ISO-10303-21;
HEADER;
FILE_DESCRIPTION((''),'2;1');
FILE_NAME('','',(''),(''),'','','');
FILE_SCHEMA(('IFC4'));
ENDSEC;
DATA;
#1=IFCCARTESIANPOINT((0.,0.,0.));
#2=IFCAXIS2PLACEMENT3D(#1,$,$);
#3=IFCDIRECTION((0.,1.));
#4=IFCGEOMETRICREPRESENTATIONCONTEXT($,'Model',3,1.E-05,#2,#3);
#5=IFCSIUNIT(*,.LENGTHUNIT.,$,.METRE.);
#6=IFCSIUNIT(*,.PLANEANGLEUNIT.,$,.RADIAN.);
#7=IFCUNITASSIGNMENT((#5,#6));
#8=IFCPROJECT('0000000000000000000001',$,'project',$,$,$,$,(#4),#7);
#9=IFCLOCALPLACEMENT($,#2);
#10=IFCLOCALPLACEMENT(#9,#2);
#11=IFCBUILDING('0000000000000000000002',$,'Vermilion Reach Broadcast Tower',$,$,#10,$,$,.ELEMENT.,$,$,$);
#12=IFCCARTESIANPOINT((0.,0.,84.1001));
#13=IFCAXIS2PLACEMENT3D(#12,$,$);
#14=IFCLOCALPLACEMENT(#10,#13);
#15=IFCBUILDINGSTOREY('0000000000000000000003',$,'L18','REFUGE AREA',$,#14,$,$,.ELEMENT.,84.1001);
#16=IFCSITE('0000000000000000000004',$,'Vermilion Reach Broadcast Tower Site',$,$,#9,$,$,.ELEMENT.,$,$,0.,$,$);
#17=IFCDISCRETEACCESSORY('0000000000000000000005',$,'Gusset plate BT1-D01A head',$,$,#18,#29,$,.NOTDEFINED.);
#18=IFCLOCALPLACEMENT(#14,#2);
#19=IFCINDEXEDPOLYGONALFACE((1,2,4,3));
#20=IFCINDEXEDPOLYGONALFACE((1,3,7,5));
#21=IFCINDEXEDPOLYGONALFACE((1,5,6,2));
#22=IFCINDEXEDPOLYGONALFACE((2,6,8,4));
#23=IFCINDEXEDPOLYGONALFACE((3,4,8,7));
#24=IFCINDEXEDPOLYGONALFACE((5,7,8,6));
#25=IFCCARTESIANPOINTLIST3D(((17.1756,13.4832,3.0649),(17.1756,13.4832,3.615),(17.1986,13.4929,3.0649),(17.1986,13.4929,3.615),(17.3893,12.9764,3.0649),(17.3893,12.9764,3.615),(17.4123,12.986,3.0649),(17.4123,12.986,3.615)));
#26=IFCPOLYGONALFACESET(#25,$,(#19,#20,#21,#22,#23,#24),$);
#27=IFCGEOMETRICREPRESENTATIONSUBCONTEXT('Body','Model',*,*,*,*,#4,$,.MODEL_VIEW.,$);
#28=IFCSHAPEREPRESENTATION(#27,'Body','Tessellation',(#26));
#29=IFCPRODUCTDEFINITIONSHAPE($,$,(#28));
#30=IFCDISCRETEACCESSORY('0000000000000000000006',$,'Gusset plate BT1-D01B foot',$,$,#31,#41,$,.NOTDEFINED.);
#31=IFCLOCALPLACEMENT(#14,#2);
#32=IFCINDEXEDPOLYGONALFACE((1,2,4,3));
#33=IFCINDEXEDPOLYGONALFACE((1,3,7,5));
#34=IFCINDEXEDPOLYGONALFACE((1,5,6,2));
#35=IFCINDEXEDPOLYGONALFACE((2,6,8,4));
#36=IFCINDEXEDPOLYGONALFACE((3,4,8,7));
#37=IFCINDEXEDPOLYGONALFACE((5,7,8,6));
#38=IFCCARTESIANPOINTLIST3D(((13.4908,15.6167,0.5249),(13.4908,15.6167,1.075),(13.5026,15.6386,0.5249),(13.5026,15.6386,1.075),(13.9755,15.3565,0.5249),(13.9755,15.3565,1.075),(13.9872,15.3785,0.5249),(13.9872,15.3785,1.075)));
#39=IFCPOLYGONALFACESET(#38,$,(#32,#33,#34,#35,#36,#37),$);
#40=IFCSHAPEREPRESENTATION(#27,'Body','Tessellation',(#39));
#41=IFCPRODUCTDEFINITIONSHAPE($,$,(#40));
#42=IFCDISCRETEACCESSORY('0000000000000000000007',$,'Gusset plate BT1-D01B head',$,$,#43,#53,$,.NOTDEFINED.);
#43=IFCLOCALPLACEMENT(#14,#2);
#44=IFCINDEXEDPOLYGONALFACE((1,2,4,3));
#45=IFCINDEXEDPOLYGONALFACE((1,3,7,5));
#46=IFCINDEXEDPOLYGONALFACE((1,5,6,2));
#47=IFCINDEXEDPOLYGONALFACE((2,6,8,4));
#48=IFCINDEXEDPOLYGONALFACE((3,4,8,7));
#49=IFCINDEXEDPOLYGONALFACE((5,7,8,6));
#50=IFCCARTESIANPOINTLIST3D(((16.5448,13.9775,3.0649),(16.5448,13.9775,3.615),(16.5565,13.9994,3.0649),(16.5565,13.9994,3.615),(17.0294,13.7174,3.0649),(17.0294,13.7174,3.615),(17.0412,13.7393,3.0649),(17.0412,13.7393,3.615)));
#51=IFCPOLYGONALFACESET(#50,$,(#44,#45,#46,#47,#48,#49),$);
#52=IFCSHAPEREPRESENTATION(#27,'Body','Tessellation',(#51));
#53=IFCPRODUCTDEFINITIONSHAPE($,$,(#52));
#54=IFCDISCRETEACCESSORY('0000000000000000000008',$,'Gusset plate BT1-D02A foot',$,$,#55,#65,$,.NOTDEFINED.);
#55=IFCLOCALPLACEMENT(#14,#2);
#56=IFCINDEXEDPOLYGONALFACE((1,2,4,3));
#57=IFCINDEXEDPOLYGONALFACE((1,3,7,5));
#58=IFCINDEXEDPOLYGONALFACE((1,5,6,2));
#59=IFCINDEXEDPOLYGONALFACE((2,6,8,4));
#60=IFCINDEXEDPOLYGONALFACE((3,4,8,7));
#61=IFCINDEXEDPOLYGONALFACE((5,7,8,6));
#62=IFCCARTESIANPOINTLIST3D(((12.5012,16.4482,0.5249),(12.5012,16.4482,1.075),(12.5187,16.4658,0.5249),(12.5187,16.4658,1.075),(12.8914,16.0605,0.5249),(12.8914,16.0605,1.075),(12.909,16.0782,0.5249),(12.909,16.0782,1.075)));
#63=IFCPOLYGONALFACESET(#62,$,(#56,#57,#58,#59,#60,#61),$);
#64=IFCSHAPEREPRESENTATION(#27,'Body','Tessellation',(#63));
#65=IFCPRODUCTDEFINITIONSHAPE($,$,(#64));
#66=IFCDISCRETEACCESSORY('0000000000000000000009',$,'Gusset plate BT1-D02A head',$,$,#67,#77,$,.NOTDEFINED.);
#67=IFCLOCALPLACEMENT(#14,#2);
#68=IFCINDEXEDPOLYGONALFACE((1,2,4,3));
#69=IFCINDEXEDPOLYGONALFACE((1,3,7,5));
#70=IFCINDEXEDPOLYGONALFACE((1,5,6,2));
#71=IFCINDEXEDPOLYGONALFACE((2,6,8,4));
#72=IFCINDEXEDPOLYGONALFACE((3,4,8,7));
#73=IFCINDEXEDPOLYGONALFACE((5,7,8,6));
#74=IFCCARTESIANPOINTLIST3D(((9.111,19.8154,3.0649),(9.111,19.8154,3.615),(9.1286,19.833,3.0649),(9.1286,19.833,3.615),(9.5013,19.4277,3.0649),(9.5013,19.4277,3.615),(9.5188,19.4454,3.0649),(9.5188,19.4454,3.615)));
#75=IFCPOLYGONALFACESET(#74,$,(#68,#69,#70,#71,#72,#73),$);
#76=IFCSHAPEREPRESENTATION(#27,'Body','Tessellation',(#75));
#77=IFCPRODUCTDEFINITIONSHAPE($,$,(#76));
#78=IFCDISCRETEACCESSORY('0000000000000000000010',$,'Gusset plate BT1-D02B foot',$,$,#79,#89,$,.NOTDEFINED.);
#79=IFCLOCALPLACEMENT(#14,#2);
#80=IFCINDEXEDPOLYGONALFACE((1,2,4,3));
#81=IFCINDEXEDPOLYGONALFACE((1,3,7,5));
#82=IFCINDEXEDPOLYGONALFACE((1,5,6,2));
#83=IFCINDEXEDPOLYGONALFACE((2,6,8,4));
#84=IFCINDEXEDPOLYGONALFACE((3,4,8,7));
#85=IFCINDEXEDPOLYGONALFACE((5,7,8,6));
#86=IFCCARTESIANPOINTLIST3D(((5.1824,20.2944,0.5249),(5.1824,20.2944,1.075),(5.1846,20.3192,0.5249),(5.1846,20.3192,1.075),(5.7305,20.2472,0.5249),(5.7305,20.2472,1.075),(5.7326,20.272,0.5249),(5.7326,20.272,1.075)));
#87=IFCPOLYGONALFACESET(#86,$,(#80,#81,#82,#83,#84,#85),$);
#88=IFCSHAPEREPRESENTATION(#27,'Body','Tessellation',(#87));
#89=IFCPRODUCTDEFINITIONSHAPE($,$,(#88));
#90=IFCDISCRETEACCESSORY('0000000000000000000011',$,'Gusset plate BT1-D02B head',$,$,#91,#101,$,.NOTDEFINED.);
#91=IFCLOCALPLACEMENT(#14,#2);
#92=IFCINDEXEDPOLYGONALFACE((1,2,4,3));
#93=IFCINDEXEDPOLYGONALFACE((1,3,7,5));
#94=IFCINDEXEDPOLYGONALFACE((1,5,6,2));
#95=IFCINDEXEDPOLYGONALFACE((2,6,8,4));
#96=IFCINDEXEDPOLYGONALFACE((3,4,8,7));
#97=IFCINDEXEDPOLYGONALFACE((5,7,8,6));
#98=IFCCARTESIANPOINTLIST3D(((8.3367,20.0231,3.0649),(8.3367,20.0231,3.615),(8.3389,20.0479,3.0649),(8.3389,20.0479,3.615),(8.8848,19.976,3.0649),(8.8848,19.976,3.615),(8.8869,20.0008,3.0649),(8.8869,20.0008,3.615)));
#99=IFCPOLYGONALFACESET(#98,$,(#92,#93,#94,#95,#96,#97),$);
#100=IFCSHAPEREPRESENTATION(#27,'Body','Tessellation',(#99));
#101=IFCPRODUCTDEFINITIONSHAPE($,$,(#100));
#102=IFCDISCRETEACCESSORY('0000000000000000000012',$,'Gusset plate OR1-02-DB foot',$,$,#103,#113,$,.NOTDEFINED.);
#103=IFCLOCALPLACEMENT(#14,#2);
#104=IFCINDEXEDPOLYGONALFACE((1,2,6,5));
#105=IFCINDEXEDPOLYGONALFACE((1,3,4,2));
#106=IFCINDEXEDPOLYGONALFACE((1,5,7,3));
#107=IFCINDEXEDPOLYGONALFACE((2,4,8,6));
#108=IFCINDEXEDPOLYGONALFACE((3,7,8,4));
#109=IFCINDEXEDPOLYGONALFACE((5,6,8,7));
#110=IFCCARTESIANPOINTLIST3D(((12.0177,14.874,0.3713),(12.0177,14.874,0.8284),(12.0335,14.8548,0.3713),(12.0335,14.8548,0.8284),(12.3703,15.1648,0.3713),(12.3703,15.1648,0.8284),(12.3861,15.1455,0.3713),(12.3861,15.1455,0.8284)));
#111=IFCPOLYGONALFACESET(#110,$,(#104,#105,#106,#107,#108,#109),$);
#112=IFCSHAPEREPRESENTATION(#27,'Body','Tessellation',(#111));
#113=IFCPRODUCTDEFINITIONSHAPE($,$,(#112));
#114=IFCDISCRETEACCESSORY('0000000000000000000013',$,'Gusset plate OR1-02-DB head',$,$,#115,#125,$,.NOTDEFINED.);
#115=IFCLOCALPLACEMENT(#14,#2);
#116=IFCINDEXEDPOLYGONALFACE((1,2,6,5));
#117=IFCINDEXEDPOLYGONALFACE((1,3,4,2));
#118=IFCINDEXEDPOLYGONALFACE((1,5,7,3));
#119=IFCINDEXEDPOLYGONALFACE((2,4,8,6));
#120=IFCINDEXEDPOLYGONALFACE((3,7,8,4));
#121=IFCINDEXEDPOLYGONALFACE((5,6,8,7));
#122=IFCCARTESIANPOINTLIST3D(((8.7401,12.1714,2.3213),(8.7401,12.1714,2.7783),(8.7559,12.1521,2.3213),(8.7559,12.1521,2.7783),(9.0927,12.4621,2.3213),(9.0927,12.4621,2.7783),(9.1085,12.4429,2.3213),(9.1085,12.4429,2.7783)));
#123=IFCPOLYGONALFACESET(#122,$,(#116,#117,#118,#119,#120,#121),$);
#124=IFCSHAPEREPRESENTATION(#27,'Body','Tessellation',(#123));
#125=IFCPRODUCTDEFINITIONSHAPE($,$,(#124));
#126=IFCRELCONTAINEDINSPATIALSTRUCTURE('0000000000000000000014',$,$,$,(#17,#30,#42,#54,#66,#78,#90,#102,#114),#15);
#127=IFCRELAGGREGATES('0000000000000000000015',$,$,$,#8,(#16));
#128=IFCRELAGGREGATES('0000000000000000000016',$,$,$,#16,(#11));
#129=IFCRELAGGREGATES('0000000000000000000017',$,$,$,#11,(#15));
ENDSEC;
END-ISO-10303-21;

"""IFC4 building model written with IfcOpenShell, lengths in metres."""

from ifc_helpers import new_model, si_unit, direction, frame, origin, origin_2d, place, context, subcontext, project, spatial, rectangle, extrude, element, save


model = new_model("IFC4")

# Units and contexts
model_context = context("Model", 3, precision=1e-05, world=origin(), true_north=direction((0.0, 1.0)))
body_context = subcontext(model_context, "Body", "Model", "MODEL_VIEW")
ifc_project = project(units=[si_unit("LENGTHUNIT", "METRE"), si_unit("PLANEANGLEUNIT", "RADIAN")], contexts=[model_context])

# Site, building, storey
site_placement = place(None, origin())
site = spatial("IfcSite", under=ifc_project, at=site_placement, Name="Vermilion Reach Broadcast Tower Site", CompositionType="ELEMENT", RefElevation=0.0)
building_placement = place(site_placement, origin())
building = spatial("IfcBuilding", under=site, at=building_placement, Name="Vermilion Reach Broadcast Tower", CompositionType="ELEMENT")
storey_placement = place(building_placement, frame((0.0, 0.0, 84.1001)))
storey = spatial("IfcBuildingStorey", under=building, at=storey_placement, Name="L18", Description="REFUGE AREA", CompositionType="ELEMENT", Elevation=84.1001)

# Discrete accessories
for number, where, z_axis, x_axis, name in (
    (1, (17.2939, 13.2346, 3.0649), (0.0, 0.0, 1.0), (-0.92143, -0.388544, 0.0), "Gusset plate BT1-D01A head"),
    (2, (13.739, 15.4976, 0.5249), (0.0, 0.0, 1.0), (0.472924, 0.881103, 0.0), "Gusset plate BT1-D01B foot"),
    (3, (16.793, 13.8584, 3.0649), (0.0, 0.0, 1.0), (0.472924, 0.881103, 0.0), "Gusset plate BT1-D01B head"),
    (4, (12.7051, 16.2632, 0.5249), (0.0, 0.0, 1.0), (-0.704714, -0.709492, 0.0), "Gusset plate BT1-D02A foot"),
    (5, (9.3149, 19.6304, 3.0649), (0.0, 0.0, 1.0), (-0.704714, -0.709492, 0.0), "Gusset plate BT1-D02A head"),
    (6, (5.4575, 20.2832, 0.5249), (0.0, 0.0, 1.0), (0.085715, 0.99632, 0.0), "Gusset plate BT1-D02B foot"),
    (7, (8.6118, 20.012, 3.0649), (0.0, 0.0, 1.0), (0.085715, 0.99632, 0.0), "Gusset plate BT1-D02B head"),
):
    element("IfcDiscreteAccessory", number, at=place(storey_placement, frame(where, z_axis=z_axis, x_axis=x_axis)), inside=storey, Name=name, PredefinedType="NOTDEFINED", context=body_context, shape_type="SweptSolid", body=[
        extrude(rectangle(XDim=0.0249, YDim=0.55, at=origin_2d()), origin(), (0.0, 0.0, 1.0), 0.55),
    ])
for number, where, z_axis, x_axis, name in (
    (8, (12.2019, 15.0098, 0.3713), (0.0, 0.0, 1.0), (-0.636213, 0.771513, 0.0), "Gusset plate OR1-02-DB foot"),
    (9, (8.9243, 12.3071, 2.3213), (0.0, 0.0, 1.0), (-0.636213, 0.771513, 0.0), "Gusset plate OR1-02-DB head"),
):
    element("IfcDiscreteAccessory", number, at=place(storey_placement, frame(where, z_axis=z_axis, x_axis=x_axis)), inside=storey, Name=name, PredefinedType="NOTDEFINED", context=body_context, shape_type="SweptSolid", body=[
        extrude(rectangle(XDim=0.0249, YDim=0.457, at=origin_2d()), origin(), (0.0, 0.0, 1.0), 0.457),
    ])

save(model, "model.ifc")
